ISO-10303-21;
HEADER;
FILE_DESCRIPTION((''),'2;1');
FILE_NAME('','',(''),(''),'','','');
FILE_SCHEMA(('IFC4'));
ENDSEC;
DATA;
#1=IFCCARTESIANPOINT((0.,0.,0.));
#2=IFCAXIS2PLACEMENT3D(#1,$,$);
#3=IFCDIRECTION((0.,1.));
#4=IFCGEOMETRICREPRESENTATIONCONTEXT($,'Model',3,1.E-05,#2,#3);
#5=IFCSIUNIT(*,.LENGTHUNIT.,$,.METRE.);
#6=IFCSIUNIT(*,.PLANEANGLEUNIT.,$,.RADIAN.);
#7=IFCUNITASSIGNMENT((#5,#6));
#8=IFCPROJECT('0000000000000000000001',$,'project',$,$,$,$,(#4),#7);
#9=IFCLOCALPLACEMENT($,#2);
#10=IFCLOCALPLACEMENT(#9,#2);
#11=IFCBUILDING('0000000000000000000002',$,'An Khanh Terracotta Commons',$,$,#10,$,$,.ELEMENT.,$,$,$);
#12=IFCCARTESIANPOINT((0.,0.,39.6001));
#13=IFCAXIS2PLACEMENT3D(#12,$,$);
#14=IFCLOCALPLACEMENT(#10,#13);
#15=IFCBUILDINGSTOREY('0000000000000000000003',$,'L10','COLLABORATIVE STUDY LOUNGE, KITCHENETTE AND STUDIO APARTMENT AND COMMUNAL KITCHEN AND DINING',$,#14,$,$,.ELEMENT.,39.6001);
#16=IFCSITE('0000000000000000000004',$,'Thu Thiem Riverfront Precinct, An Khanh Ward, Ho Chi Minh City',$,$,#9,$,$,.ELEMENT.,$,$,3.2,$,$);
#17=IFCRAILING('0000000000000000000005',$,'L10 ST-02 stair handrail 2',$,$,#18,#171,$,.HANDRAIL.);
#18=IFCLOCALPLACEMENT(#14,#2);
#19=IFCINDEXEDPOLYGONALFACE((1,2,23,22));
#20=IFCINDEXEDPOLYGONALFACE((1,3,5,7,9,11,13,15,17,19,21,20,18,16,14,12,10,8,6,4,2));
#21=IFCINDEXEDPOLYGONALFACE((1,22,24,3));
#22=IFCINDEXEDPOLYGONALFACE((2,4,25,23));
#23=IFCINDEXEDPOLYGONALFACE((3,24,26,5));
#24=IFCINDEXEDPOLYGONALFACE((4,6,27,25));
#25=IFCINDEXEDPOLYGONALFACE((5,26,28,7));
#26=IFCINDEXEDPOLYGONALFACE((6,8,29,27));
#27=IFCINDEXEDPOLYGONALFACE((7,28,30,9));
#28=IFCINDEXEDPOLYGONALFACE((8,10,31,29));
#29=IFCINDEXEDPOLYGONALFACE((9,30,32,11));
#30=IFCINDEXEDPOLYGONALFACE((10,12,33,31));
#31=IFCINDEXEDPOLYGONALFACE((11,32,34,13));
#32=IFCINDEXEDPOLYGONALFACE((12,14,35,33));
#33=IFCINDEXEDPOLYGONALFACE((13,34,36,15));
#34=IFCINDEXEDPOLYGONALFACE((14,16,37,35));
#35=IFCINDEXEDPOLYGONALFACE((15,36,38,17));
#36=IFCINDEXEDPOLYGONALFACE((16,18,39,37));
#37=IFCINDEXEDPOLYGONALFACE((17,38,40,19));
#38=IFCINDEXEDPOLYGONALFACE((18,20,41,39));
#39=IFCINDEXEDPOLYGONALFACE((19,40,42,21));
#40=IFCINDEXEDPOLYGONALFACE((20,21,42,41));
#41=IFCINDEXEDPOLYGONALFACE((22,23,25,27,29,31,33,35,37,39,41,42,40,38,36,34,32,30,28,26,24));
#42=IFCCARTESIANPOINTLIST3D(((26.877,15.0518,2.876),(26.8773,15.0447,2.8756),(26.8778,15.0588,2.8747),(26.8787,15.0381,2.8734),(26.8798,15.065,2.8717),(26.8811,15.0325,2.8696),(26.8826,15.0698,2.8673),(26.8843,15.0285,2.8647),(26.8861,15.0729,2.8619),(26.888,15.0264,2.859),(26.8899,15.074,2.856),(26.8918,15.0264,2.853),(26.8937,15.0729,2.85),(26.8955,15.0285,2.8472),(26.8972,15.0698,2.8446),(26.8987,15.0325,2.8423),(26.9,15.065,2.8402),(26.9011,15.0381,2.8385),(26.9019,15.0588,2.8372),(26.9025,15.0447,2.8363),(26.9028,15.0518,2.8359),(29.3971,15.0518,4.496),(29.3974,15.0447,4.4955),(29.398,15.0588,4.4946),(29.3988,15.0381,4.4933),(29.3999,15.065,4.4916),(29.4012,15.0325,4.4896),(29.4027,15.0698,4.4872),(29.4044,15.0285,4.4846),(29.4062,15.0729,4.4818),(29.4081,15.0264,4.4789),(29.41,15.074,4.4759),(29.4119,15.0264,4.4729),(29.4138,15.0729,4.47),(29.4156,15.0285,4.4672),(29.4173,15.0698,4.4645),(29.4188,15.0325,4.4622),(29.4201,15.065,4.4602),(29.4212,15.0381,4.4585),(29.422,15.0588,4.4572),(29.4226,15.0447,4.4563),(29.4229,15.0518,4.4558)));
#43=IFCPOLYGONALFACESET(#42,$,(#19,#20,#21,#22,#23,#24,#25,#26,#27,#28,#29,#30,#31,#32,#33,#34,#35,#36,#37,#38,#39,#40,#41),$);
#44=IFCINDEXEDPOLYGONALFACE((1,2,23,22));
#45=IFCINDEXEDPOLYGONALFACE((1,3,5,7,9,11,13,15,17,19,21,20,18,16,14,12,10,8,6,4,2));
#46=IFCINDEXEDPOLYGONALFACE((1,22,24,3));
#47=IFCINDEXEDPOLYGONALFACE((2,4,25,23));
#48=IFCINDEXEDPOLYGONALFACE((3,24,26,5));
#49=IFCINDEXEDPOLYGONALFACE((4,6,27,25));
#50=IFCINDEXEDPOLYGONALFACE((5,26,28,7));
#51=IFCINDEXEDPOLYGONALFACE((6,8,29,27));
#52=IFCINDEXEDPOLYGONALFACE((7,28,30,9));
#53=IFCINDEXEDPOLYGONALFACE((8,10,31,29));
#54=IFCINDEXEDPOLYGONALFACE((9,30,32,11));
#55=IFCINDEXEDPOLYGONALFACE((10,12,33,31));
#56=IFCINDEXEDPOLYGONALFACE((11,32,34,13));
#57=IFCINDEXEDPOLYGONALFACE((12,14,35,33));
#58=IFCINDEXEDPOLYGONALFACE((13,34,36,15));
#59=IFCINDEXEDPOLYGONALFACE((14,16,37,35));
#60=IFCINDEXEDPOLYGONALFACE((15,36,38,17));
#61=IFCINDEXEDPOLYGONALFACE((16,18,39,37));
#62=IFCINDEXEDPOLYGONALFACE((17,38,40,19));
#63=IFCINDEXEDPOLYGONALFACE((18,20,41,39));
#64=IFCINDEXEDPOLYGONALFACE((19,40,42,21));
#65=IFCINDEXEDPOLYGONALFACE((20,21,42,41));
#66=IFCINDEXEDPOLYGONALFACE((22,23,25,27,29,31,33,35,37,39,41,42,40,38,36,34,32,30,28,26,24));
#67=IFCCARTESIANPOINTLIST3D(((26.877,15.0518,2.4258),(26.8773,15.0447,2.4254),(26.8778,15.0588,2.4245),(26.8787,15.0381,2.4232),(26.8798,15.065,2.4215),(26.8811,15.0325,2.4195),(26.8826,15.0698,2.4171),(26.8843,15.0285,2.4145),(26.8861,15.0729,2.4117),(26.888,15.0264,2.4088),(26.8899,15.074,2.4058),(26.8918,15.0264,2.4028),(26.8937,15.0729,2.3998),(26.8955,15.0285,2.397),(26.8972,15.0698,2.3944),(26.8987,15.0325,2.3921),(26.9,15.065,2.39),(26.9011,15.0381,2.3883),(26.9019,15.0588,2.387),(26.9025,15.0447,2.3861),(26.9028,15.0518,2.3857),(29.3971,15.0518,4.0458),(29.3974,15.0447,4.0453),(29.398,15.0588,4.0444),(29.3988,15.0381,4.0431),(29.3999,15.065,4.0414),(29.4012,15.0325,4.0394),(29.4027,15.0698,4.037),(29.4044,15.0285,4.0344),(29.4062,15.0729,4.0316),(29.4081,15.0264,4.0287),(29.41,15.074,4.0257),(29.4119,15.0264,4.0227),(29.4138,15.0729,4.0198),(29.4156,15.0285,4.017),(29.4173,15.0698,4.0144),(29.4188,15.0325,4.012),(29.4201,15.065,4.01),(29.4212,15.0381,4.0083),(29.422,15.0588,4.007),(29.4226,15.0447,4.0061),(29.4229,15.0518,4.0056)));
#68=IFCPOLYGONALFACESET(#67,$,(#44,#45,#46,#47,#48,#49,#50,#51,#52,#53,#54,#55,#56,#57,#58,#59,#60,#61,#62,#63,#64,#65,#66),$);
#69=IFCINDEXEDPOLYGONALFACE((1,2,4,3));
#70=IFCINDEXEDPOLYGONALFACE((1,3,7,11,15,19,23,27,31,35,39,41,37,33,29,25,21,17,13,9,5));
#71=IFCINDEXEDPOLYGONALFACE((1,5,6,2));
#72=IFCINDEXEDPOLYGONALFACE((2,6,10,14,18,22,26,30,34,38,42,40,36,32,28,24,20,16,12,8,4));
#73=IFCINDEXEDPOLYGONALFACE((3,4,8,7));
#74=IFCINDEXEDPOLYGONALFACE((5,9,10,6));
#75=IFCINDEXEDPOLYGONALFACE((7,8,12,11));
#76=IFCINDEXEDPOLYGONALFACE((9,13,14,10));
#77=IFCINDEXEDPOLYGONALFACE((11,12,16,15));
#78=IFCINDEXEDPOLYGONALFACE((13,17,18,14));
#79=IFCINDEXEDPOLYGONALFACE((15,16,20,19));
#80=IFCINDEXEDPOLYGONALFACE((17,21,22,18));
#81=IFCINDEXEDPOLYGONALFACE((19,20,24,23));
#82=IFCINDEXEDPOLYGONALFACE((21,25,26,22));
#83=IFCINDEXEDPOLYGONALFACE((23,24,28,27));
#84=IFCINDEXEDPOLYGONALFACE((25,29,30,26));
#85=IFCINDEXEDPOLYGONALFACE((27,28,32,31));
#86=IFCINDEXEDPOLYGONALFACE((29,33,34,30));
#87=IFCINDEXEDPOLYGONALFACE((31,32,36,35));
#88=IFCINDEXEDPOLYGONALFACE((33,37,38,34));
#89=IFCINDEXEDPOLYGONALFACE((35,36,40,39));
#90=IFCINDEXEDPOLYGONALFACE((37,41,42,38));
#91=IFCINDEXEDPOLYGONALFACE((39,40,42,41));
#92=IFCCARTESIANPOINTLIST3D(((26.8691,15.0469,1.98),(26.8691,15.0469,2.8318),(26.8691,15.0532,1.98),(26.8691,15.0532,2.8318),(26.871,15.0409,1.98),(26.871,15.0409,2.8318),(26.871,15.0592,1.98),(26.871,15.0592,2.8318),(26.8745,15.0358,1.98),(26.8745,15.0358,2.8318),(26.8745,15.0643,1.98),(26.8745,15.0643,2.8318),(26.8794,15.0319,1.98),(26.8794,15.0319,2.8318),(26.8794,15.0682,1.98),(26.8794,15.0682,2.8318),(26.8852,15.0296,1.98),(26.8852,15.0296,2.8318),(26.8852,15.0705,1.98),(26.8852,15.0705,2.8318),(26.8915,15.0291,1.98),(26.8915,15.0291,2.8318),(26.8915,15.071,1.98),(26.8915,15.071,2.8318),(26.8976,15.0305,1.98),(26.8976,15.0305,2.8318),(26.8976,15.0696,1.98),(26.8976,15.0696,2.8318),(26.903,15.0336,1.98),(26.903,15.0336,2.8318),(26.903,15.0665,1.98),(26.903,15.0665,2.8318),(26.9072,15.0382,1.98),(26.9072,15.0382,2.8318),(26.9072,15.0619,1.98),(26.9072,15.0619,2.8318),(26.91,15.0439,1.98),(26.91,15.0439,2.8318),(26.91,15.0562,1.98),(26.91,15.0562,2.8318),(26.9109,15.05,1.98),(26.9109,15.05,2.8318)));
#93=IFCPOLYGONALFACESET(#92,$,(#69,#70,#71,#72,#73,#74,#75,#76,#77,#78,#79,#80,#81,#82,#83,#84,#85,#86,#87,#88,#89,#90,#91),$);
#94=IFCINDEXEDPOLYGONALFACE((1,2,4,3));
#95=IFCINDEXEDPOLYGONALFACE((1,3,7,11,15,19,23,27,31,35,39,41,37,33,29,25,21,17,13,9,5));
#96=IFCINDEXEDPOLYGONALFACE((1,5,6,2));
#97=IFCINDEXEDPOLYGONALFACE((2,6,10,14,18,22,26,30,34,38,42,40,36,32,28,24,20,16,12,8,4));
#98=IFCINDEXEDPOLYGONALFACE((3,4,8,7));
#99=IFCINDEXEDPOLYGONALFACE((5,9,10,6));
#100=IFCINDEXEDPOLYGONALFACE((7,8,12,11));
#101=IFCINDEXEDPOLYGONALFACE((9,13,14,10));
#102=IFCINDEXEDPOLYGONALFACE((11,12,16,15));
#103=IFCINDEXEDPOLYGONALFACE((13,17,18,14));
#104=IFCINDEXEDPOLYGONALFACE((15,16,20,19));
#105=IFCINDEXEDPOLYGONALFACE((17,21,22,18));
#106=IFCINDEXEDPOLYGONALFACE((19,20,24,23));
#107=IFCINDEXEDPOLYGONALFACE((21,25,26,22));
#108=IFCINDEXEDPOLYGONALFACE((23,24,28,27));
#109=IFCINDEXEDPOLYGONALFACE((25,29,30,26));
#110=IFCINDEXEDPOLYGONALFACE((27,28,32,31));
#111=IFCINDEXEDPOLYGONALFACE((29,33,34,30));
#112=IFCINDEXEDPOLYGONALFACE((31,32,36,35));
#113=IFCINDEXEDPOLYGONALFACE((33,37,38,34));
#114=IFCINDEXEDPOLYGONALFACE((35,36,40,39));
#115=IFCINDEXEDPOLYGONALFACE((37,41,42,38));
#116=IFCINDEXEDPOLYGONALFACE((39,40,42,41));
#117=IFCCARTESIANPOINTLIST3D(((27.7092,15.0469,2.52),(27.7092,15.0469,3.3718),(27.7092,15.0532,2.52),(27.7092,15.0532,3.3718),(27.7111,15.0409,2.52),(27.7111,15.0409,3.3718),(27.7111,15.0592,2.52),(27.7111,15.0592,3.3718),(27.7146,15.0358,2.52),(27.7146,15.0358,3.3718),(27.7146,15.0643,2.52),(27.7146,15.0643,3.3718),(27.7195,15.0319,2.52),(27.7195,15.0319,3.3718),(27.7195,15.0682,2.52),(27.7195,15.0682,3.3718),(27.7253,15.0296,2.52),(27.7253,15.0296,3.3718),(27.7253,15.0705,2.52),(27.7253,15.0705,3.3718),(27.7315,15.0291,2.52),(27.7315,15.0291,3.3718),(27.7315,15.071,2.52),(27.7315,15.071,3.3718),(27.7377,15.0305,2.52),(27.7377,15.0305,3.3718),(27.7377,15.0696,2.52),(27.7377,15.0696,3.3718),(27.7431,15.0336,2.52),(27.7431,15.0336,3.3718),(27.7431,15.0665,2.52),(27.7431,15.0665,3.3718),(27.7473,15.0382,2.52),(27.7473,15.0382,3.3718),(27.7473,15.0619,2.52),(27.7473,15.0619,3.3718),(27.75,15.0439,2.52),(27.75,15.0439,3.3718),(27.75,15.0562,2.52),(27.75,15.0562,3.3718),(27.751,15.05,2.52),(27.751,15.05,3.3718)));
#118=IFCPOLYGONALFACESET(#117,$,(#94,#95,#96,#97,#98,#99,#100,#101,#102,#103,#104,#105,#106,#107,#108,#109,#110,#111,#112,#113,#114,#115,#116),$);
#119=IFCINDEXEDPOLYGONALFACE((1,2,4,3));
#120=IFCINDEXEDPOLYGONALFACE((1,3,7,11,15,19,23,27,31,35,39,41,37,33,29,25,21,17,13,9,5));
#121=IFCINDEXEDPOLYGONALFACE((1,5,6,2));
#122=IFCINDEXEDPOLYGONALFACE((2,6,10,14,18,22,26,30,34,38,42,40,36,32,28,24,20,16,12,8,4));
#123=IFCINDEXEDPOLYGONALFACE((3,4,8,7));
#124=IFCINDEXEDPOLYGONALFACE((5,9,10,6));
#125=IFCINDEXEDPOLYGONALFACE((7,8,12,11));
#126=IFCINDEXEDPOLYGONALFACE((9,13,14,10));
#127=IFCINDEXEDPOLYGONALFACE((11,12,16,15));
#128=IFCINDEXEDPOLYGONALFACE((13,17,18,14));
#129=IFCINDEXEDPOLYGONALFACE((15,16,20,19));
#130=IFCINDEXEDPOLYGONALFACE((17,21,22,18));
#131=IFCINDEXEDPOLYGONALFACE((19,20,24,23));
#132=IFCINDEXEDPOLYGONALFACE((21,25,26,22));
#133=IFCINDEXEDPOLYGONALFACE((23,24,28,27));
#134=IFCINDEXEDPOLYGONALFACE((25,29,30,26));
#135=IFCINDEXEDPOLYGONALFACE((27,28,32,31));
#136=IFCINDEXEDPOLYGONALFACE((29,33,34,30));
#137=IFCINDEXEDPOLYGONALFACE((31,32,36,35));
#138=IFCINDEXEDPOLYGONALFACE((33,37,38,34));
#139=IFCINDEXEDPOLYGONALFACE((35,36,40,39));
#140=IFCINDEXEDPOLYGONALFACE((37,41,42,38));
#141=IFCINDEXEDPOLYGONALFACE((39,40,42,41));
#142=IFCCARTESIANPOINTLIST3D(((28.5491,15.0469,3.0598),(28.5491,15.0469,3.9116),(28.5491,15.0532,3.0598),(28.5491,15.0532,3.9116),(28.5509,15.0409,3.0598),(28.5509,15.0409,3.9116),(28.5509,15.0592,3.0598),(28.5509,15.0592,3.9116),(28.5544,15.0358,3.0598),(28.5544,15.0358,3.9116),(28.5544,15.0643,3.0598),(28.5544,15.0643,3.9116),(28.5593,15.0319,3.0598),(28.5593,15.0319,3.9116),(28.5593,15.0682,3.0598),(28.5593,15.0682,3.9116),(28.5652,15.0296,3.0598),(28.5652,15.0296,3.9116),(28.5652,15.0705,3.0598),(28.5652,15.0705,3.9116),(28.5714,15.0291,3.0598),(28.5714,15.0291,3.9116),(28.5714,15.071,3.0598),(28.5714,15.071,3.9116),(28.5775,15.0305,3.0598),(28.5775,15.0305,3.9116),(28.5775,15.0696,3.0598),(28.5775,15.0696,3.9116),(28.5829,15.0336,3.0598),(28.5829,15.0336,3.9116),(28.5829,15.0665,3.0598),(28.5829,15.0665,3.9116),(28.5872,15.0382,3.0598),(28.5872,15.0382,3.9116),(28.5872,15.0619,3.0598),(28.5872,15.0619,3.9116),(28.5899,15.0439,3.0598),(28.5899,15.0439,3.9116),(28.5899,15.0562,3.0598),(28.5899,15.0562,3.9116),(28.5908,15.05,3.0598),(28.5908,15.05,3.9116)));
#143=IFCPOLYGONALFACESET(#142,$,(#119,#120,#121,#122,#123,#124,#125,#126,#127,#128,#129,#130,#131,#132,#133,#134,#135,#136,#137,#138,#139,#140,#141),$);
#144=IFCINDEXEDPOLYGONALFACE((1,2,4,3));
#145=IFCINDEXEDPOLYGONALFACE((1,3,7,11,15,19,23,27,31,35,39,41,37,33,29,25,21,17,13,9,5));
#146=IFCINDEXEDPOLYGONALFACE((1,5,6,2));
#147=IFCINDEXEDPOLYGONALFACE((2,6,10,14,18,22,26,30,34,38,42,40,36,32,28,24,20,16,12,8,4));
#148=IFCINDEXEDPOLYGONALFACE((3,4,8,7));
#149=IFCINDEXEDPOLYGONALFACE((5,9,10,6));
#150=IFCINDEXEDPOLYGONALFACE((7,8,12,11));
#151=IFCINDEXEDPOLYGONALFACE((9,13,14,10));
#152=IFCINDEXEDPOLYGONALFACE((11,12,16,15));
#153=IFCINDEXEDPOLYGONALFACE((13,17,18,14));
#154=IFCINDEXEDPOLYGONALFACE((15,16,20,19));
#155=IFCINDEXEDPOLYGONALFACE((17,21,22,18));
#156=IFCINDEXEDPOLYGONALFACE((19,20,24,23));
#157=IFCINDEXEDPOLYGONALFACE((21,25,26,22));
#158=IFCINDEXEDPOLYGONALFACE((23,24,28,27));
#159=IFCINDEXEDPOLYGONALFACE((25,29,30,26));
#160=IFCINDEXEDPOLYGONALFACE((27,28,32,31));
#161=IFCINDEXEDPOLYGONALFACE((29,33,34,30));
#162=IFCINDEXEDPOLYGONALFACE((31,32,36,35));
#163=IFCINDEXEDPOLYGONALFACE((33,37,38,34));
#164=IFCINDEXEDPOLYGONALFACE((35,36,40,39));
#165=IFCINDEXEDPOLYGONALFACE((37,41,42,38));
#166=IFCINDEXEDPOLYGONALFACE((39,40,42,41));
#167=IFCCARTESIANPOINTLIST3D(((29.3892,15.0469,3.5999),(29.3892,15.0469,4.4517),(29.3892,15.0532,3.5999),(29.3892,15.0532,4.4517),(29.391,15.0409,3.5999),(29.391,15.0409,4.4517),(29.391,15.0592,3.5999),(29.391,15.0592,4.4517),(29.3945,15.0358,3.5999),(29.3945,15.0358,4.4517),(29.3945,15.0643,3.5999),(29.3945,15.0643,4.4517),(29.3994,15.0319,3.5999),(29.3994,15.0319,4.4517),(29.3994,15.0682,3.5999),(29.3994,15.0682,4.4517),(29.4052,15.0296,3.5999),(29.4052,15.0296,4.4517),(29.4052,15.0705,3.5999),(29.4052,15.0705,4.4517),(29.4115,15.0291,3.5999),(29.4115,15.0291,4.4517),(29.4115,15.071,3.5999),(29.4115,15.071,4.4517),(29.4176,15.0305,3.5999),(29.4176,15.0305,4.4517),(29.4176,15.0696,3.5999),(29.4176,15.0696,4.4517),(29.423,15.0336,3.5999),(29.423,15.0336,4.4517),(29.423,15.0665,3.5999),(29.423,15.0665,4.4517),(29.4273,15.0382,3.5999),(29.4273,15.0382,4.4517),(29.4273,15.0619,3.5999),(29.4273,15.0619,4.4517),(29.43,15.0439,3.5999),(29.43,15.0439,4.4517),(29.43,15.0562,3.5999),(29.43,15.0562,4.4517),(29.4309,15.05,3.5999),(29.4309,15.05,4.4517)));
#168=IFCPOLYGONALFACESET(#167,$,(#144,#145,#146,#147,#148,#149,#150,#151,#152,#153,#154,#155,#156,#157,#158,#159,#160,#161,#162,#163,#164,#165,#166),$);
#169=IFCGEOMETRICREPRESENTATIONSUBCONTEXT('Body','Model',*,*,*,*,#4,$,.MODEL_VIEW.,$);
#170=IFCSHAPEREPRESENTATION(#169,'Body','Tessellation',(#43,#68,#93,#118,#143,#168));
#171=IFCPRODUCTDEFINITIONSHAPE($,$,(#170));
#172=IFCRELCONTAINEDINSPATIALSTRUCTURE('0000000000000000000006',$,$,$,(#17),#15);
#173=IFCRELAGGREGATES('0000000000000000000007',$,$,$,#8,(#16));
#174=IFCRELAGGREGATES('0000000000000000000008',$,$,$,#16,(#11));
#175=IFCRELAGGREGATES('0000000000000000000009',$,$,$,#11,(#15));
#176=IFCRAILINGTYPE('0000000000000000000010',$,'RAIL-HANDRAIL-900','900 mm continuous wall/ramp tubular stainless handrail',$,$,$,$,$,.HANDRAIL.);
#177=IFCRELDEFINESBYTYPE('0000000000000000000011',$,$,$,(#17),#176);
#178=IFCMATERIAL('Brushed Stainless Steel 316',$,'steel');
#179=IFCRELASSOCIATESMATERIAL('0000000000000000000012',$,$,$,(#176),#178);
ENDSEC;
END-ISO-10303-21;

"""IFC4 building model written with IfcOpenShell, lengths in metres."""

from ifc_helpers import new_model, si_unit, direction, frame, origin, origin_2d, place, context, subcontext, project, spatial, circle, extrude, material, type_object, element, save


model = new_model("IFC4")

# Units and contexts
model_context = context("Model", 3, precision=1e-05, world=origin(), true_north=direction((0.0, 1.0)))
body_context = subcontext(model_context, "Body", "Model", "MODEL_VIEW")
ifc_project = project(units=[si_unit("LENGTHUNIT", "METRE"), si_unit("PLANEANGLEUNIT", "RADIAN")], contexts=[model_context])

# Site, building, storey
site_placement = place(None, origin())
site = spatial("IfcSite", under=ifc_project, at=site_placement, Name="Thu Thiem Riverfront Precinct, An Khanh Ward, Ho Chi Minh City", CompositionType="ELEMENT", RefElevation=3.2)
building_placement = place(site_placement, origin())
building = spatial("IfcBuilding", under=site, at=building_placement, Name="An Khanh Terracotta Commons", CompositionType="ELEMENT")
storey_placement = place(building_placement, frame((0.0, 0.0, 39.6001)))
storey = spatial("IfcBuildingStorey", under=building, at=storey_placement, Name="L10", Description="COLLABORATIVE STUDY LOUNGE, KITCHENETTE AND STUDIO APARTMENT AND COMMUNAL KITCHEN AND DINING", CompositionType="ELEMENT", Elevation=39.6001)

# Railing
ifc_material_1 = material(Name="Brushed Stainless Steel 316", Category="steel")
railing_type_1 = type_object("IfcRailingType", Name="RAIL-HANDRAIL-900", Description="900 mm continuous wall/ramp tubular stainless handrail", PredefinedType="HANDRAIL", material=ifc_material_1)
railing_1_placement = place(storey_placement, frame((26.8899, 15.05, 1.98)))
element("IfcRailing", 1, at=railing_1_placement, inside=storey, type_object=railing_type_1, Name="L10 ST-02 stair handrail 2", PredefinedType="HANDRAIL", context=body_context, shape_type="SweptSolid", body=[
    extrude(circle(Radius=0.0239, at=origin_2d()), frame((0.0, 0.0, 0.876), z_axis=(0.8412, 0.0, 0.540725), x_axis=(0.0, 1.0, 0.0)), (0.0, 0.0, 1.0), 2.9958),
    extrude(circle(Radius=0.0239, at=origin_2d()), frame((0.0, 0.0, 0.4258), z_axis=(0.8412, 0.0, 0.540725), x_axis=(0.0, 1.0, 0.0)), (0.0, 0.0, 1.0), 2.9958),
    extrude(circle(Radius=0.021, at=origin_2d()), origin(), (0.0, 0.0, 1.0), 0.8518),
    extrude(circle(Radius=0.021, at=origin_2d()), frame((0.8401, 0.0, 0.54)), (0.0, 0.0, 1.0), 0.8518),
    extrude(circle(Radius=0.021, at=origin_2d()), frame((1.6799, 0.0, 1.0798)), (0.0, 0.0, 1.0), 0.8518),
    extrude(circle(Radius=0.021, at=origin_2d()), frame((2.52, 0.0, 1.6199)), (0.0, 0.0, 1.0), 0.8518),
])

save(model, "model.ifc")
